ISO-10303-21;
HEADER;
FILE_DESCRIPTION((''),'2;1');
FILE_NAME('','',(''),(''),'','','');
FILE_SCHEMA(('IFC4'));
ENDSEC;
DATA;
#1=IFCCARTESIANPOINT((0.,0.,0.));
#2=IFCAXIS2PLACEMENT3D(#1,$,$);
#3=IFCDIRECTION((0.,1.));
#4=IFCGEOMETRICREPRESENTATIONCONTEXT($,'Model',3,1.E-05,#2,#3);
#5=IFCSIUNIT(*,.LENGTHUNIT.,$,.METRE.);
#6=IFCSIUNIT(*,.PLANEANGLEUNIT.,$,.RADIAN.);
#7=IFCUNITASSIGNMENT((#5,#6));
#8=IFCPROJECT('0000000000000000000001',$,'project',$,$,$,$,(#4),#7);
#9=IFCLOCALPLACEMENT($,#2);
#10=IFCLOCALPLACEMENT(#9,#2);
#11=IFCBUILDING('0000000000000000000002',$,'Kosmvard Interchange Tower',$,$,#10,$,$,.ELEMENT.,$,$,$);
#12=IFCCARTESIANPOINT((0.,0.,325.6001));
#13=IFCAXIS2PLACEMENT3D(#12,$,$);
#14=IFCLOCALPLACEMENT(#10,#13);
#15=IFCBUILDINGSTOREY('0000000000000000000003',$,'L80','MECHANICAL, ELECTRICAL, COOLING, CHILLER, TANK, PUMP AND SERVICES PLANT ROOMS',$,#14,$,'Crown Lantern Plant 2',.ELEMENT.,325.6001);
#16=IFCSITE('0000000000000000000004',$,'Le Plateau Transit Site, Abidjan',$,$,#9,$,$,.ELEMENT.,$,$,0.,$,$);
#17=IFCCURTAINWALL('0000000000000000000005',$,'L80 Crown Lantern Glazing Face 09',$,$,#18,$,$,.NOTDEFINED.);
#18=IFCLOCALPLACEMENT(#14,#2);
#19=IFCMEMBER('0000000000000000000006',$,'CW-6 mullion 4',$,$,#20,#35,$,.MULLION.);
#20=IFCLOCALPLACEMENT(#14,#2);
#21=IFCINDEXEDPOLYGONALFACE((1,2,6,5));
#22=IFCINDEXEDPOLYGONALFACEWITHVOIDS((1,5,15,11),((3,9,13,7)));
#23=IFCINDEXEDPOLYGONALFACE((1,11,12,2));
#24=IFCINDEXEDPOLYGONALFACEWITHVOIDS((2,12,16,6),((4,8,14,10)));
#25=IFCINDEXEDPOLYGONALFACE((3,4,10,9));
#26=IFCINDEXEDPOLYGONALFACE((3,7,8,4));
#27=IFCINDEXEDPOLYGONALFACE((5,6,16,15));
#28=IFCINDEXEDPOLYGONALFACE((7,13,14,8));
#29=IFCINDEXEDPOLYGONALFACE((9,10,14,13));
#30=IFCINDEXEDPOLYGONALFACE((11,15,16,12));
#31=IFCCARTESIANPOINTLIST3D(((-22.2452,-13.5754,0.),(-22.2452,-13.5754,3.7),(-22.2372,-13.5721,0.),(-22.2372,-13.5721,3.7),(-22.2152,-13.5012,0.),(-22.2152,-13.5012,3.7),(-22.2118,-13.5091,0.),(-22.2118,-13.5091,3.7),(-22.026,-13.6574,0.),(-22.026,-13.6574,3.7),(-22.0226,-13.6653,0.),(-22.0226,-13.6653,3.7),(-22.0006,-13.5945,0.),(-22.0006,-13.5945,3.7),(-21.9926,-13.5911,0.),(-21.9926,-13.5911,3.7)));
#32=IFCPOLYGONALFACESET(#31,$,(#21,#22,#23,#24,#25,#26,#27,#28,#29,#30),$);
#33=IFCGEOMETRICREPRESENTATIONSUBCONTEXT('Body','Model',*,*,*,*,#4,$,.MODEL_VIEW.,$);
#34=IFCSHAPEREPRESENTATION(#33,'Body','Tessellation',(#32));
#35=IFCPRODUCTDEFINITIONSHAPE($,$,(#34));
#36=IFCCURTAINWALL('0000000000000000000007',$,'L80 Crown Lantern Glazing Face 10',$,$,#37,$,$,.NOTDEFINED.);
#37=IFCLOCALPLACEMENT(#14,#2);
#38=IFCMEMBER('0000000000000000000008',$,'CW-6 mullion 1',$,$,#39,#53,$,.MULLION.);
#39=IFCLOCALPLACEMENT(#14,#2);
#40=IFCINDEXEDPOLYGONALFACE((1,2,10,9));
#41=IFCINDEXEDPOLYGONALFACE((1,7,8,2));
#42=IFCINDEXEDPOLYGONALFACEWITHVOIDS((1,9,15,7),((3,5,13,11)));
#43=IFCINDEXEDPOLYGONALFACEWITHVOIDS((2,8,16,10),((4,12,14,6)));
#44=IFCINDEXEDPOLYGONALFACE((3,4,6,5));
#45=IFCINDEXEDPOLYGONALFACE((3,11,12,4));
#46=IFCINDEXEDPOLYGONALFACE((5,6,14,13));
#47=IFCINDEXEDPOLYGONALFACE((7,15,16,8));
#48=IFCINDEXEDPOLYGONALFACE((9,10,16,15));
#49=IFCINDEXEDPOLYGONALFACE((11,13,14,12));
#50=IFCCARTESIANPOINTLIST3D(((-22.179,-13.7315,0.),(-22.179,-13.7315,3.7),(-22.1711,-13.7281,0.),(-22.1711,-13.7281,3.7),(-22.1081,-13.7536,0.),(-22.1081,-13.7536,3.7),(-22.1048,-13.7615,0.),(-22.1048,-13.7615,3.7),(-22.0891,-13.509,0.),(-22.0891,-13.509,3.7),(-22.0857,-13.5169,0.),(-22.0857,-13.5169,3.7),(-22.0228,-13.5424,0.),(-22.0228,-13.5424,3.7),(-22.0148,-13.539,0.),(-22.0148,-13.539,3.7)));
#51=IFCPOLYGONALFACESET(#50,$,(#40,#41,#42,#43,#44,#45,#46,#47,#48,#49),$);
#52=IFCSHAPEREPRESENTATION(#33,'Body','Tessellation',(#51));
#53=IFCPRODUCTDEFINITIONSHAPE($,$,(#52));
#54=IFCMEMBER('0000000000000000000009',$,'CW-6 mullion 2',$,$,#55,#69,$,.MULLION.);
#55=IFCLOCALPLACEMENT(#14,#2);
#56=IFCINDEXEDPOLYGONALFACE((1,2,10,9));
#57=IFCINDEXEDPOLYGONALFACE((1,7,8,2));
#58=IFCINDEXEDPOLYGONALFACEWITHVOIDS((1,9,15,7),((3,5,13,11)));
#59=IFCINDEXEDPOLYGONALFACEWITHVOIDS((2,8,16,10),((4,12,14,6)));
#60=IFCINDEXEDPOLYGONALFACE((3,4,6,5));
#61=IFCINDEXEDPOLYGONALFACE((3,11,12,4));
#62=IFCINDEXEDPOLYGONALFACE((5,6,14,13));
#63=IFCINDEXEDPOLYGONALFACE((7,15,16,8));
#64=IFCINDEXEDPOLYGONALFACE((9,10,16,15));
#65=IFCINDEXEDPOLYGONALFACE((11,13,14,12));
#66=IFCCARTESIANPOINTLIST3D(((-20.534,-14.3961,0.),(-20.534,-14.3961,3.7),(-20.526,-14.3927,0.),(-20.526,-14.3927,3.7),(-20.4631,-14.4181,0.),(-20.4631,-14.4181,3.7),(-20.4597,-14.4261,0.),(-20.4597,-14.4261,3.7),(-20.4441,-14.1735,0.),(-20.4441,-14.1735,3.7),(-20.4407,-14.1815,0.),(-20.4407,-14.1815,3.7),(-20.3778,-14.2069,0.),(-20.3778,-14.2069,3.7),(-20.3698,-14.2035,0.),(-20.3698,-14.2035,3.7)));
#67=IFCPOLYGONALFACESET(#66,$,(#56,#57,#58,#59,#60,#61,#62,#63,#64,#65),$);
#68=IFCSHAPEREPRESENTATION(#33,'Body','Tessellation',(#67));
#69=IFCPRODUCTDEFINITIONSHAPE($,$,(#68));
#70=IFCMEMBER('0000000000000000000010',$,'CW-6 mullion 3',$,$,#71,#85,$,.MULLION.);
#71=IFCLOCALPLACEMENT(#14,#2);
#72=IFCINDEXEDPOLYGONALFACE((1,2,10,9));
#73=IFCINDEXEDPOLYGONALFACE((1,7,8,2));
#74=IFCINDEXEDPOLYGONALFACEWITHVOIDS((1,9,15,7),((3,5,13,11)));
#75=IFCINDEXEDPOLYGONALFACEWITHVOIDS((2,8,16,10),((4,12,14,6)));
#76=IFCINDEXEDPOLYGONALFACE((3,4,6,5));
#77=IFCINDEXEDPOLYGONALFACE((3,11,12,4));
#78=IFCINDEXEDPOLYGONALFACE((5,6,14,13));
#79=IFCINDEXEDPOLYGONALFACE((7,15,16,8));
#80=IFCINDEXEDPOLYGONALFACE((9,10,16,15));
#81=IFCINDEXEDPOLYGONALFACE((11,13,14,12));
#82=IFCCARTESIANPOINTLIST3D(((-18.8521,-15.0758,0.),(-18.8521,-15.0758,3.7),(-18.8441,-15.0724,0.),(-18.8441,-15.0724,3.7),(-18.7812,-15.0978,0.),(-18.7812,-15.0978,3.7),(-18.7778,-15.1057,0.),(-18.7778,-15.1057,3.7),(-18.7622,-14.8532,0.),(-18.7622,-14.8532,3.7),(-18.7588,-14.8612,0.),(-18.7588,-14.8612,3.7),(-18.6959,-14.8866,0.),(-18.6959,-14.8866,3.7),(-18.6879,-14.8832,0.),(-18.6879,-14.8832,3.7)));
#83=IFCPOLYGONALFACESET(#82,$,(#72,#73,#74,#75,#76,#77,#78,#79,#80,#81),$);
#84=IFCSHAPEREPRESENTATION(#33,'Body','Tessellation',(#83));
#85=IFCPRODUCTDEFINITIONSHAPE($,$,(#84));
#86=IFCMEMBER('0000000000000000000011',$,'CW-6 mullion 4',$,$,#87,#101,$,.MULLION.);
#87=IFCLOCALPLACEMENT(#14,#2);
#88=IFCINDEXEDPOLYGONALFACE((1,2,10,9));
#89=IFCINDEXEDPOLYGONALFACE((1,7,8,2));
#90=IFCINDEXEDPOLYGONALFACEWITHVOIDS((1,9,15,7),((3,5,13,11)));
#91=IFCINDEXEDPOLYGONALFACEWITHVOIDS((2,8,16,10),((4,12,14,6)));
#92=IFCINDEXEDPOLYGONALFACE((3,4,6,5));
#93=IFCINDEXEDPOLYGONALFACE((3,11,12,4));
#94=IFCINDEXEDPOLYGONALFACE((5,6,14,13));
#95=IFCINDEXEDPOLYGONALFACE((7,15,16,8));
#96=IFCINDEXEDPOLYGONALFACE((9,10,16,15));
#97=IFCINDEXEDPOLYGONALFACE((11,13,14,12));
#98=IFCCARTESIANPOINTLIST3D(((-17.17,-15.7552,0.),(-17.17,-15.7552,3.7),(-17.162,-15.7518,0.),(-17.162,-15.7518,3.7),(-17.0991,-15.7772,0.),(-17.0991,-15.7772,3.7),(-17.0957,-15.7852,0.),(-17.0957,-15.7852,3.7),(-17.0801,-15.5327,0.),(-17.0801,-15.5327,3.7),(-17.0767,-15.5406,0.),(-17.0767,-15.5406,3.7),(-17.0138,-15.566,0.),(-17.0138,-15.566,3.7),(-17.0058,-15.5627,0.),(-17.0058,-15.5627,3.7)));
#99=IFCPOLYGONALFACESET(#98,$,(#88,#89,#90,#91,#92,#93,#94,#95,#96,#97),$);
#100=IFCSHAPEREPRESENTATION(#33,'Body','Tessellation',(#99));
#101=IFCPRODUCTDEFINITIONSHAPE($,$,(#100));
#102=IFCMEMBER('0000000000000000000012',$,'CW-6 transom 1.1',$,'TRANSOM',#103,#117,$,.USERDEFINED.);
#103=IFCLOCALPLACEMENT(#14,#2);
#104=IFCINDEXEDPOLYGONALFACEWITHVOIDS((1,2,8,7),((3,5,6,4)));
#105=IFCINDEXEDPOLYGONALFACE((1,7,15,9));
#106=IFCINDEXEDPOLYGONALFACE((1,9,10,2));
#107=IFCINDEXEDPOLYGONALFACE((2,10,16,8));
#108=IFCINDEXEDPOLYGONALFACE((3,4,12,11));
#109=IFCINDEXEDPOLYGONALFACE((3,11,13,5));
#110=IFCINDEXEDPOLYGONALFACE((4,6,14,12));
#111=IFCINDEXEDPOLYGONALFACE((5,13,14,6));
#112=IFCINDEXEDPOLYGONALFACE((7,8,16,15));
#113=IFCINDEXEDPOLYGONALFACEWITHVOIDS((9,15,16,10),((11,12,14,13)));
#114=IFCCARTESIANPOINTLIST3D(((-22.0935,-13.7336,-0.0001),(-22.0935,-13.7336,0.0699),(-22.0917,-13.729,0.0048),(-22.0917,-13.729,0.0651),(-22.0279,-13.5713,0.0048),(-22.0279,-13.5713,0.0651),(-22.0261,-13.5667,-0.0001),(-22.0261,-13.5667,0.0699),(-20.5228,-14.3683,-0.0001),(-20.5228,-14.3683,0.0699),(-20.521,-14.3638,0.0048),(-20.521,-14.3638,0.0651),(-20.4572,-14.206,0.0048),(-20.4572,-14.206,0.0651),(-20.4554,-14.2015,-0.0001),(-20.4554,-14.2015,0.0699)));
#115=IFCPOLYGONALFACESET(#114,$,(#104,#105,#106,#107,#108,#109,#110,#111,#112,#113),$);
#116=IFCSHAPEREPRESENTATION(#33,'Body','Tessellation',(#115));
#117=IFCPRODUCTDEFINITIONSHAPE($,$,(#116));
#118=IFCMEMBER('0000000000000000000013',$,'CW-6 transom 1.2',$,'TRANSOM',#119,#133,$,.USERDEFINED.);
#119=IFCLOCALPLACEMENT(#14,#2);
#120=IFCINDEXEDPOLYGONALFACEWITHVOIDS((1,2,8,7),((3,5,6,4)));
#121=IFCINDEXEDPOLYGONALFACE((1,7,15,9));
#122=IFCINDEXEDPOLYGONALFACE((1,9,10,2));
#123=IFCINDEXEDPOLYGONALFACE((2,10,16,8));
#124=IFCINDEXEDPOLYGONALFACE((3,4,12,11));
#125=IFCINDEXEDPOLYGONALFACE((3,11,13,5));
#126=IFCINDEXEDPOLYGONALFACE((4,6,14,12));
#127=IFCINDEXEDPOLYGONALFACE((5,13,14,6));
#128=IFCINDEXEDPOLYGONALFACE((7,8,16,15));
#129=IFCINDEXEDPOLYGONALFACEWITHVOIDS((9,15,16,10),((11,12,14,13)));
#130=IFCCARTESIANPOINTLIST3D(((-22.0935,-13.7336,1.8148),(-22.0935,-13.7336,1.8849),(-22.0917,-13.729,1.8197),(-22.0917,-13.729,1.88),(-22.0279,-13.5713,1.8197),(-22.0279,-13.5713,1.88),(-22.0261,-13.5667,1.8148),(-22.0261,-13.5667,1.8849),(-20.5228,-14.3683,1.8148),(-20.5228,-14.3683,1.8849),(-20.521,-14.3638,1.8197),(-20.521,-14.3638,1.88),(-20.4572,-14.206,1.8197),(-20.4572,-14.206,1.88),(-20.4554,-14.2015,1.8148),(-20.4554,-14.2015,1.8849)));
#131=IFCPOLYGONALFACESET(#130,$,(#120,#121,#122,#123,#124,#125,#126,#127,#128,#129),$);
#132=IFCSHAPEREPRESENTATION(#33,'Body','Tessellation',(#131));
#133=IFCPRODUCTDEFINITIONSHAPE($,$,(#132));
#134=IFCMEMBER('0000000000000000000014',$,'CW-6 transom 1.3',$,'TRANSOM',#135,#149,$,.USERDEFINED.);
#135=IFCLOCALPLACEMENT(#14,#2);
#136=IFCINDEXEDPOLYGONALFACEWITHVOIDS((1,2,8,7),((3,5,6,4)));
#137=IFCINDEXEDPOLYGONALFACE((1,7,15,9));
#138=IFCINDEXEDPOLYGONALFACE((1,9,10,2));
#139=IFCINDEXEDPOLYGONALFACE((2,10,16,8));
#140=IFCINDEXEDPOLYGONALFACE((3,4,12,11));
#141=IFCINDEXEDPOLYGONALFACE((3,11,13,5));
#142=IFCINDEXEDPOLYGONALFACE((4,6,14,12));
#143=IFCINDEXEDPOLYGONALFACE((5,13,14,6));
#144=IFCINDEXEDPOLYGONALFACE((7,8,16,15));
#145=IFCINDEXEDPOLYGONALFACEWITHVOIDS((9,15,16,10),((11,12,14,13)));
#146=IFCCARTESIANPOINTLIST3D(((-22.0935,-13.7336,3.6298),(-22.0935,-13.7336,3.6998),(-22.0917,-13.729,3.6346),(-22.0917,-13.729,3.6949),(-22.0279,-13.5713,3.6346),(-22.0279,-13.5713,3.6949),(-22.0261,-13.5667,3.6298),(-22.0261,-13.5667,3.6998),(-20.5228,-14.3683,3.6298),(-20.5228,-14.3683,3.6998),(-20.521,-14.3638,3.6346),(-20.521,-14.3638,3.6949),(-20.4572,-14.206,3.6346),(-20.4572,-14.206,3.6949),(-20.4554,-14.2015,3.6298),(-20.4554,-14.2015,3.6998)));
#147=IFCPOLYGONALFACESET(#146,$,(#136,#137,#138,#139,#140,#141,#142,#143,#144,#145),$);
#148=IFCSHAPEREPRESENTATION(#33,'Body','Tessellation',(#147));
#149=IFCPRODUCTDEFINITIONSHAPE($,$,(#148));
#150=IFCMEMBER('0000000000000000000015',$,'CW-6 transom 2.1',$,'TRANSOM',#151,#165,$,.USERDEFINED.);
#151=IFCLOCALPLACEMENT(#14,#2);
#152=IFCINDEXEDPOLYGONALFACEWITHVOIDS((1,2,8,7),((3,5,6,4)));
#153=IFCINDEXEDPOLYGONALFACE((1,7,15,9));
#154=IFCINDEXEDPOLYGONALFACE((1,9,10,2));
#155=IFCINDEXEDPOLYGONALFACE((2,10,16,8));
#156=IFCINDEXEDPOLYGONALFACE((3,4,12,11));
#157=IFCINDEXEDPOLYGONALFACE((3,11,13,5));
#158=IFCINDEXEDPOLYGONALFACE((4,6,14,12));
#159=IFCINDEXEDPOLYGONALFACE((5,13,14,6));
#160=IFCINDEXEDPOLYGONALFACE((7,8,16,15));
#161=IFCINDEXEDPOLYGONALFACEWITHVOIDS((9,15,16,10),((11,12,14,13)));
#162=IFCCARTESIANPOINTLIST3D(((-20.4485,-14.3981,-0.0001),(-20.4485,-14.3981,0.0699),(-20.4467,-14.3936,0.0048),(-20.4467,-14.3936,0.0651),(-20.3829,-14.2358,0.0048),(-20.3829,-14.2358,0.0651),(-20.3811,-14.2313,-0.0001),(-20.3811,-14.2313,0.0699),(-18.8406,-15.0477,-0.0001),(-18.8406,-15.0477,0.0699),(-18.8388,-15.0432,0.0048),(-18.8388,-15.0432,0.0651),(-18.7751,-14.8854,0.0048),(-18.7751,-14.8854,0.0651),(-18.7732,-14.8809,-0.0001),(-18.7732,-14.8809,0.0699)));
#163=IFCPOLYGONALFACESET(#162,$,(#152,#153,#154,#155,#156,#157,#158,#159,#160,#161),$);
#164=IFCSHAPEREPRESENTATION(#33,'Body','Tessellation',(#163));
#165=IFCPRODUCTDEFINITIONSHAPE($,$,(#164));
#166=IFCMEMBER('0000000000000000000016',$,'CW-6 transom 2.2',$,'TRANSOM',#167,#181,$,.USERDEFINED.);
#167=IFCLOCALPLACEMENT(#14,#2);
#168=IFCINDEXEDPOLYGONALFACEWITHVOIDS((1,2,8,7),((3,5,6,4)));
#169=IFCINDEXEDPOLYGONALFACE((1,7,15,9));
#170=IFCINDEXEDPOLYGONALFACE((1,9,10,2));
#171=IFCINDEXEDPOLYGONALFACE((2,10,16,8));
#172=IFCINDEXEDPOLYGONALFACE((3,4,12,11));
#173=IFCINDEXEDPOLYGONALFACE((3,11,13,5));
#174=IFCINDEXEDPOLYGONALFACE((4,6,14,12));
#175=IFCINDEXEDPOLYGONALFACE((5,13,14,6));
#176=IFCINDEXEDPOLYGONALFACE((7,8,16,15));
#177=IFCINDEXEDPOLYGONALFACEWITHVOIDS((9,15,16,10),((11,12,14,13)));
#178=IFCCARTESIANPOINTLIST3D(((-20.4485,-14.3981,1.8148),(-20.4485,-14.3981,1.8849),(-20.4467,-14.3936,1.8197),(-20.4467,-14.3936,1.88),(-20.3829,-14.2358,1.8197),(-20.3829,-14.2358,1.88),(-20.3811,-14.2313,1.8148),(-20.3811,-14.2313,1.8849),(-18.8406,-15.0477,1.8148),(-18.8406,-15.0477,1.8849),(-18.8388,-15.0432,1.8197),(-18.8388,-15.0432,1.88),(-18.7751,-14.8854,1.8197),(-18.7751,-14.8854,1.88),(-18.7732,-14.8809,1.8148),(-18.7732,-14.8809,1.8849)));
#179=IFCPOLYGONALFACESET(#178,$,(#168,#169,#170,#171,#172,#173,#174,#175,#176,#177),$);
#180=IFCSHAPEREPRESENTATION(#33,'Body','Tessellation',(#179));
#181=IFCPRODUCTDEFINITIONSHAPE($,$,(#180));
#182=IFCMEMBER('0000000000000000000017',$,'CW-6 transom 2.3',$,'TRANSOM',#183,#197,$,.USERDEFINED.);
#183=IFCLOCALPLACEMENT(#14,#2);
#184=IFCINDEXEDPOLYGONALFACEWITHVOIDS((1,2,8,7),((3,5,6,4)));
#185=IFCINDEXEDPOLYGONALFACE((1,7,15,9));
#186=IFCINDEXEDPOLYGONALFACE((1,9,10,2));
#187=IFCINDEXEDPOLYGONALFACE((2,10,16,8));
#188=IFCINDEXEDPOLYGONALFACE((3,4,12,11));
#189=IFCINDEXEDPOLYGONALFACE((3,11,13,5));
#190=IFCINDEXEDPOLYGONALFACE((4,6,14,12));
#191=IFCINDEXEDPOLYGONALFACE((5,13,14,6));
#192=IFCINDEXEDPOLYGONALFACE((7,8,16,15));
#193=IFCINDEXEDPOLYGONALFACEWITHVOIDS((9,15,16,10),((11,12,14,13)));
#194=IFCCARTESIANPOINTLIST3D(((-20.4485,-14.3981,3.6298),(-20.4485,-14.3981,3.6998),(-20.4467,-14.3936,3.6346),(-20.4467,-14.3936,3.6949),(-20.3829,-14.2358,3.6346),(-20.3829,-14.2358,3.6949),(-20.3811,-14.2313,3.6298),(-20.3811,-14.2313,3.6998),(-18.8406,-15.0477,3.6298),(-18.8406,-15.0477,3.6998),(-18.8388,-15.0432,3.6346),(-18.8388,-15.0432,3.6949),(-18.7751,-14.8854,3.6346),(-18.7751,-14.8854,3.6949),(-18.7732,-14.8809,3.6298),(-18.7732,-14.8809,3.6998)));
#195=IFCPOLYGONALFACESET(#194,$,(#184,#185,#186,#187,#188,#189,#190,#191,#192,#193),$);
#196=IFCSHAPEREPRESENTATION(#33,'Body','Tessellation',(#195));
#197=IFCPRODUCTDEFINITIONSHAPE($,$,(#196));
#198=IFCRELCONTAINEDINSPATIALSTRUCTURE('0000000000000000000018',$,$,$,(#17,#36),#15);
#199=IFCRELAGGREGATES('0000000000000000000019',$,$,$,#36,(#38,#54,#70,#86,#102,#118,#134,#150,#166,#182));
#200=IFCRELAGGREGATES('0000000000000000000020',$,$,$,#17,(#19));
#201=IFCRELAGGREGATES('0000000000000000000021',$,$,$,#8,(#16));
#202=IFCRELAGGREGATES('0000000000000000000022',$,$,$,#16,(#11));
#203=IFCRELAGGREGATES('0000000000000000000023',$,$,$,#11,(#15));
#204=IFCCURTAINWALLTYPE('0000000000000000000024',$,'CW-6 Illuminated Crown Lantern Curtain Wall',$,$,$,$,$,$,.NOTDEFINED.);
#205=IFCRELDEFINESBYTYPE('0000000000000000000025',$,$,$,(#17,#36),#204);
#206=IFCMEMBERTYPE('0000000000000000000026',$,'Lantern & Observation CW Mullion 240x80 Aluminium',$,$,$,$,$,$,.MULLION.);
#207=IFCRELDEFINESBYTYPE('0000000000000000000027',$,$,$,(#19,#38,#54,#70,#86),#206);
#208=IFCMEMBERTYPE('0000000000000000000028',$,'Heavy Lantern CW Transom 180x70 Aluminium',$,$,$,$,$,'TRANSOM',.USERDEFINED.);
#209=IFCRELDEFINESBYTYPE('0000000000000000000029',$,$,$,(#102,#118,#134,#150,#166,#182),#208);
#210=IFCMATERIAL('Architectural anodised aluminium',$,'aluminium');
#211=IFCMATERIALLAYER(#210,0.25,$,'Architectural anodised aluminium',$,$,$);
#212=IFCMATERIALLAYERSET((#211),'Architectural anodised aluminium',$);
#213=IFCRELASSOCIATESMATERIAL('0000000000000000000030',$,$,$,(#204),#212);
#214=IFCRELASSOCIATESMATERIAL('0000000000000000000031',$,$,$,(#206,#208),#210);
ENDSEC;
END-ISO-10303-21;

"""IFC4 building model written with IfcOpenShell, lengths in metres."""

from ifc_helpers import new_model, si_unit, direction, frame, origin, origin_2d, place, context, subcontext, project, spatial, hollow_rectangle, extrude, source, transform, mapped, material, layer, layer_set, material_profile, profile_set, type_object, element, aggregate, save


model = new_model("IFC4")

# Units and contexts
model_context = context("Model", 3, precision=1e-05, world=origin(), true_north=direction((0.0, 1.0)))
body_context = subcontext(model_context, "Body", "Model", "MODEL_VIEW")
ifc_project = project(units=[si_unit("LENGTHUNIT", "METRE"), si_unit("PLANEANGLEUNIT", "RADIAN")], contexts=[model_context])

# Site, building, storey
site_placement = place(None, origin())
site = spatial("IfcSite", under=ifc_project, at=site_placement, Name="Le Plateau Transit Site, Abidjan", CompositionType="ELEMENT", RefElevation=0.0)
building_placement = place(site_placement, origin())
building = spatial("IfcBuilding", under=site, at=building_placement, Name="Kosmvard Interchange Tower", CompositionType="ELEMENT")
storey_placement = place(building_placement, frame((0.0, 0.0, 325.6001)))
storey = spatial("IfcBuildingStorey", under=building, at=storey_placement, Name="L80", Description="MECHANICAL, ELECTRICAL, COOLING, CHILLER, TANK, PUMP AND SERVICES PLANT ROOMS", LongName="Crown Lantern Plant 2", CompositionType="ELEMENT", Elevation=325.6001)

# Curtain wall, member
ifc_material_1 = material(Name="Architectural anodised aluminium", Category="aluminium")
ifc_layer_1 = layer(ifc_material_1, 0.25, Name="Architectural anodised aluminium")
ifc_layer_set_1 = layer_set([ifc_layer_1], Name="Architectural anodised aluminium")
curtain_wall_type = type_object("IfcCurtainWallType", Name="CW-6 Illuminated Crown Lantern Curtain Wall", PredefinedType="NOTDEFINED", material=ifc_layer_set_1)
curtain_wall_1_placement = place(storey_placement, origin())
curtain_wall_1 = element("IfcCurtainWall", 1, at=curtain_wall_1_placement, inside=storey, type_object=curtain_wall_type, Name="L80 Crown Lantern Glazing Face 09", PredefinedType="NOTDEFINED")
ifc_material_profile_1 = material_profile(ifc_material_1, hollow_rectangle(XDim=0.24, YDim=0.0801, WallThickness=0.0061, at=origin_2d()), Name="CWM 240x80x6")
ifc_profile_set_1 = profile_set([ifc_material_profile_1], Name="Architectural anodised aluminium")
member_type_1 = type_object("IfcMemberType", Name="Lantern & Observation CW Mullion 240x80 Aluminium", PredefinedType="MULLION", material=ifc_profile_set_1)
shared_shape_1 = source(origin(), body_context, "Body", "SweptSolid", [
    extrude(hollow_rectangle(XDim=0.24, YDim=0.0801, WallThickness=0.0061, at=origin_2d()), origin(), (0.0, 0.0, 1.0), 3.7),
])
member_1_placement = place(storey_placement, frame((-22.1189, -13.5833, 0.0), z_axis=(0.0, 0.0, 1.0), x_axis=(0.927184, -0.374607, 0.0)))
member_1 = element("IfcMember", 2, at=member_1_placement, type_object=member_type_1, Name="CW-6 mullion 4", PredefinedType="MULLION", context=body_context, shape_type="MappedRepresentation", body=[
    mapped(shared_shape_1, transform((0.0, 0.0, 0.0), scale=1.0)),
])

# Curtain wall, members
curtain_wall_2_placement = place(storey_placement, origin())
curtain_wall_2 = element("IfcCurtainWall", 3, at=curtain_wall_2_placement, inside=storey, type_object=curtain_wall_type, Name="L80 Crown Lantern Glazing Face 10", PredefinedType="NOTDEFINED")
member_2_placement = place(storey_placement, frame((-22.0969, -13.6353, 0.0), z_axis=(0.0, 0.0, 1.0), x_axis=(0.374607, 0.927184, 0.0)))
member_2 = element("IfcMember", 4, at=member_2_placement, type_object=member_type_1, Name="CW-6 mullion 1", PredefinedType="MULLION", context=body_context, shape_type="MappedRepresentation", body=[
    mapped(shared_shape_1, transform((0.0, 0.0, 0.0), scale=1.0)),
])
member_3_placement = place(storey_placement, frame((-20.4519, -14.2998, 0.0), z_axis=(0.0, 0.0, 1.0), x_axis=(0.374607, 0.927184, 0.0)))
member_3 = element("IfcMember", 5, at=member_3_placement, type_object=member_type_1, Name="CW-6 mullion 2", PredefinedType="MULLION", context=body_context, shape_type="MappedRepresentation", body=[
    mapped(shared_shape_1, transform((0.0, 0.0, 0.0), scale=1.0)),
])
member_4_placement = place(storey_placement, frame((-18.77, -14.9795, 0.0), z_axis=(0.0, 0.0, 1.0), x_axis=(0.374607, 0.927184, 0.0)))
member_4 = element("IfcMember", 6, at=member_4_placement, type_object=member_type_1, Name="CW-6 mullion 3", PredefinedType="MULLION", context=body_context, shape_type="MappedRepresentation", body=[
    mapped(shared_shape_1, transform((0.0, 0.0, 0.0), scale=1.0)),
])
member_5_placement = place(storey_placement, frame((-17.0879, -15.6589, 0.0), z_axis=(0.0, 0.0, 1.0), x_axis=(0.374607, 0.927184, 0.0)))
member_5 = element("IfcMember", 7, at=member_5_placement, type_object=member_type_1, Name="CW-6 mullion 4", PredefinedType="MULLION", context=body_context, shape_type="MappedRepresentation", body=[
    mapped(shared_shape_1, transform((0.0, 0.0, 0.0), scale=1.0)),
])
ifc_material_profile_2 = material_profile(ifc_material_1, hollow_rectangle(XDim=0.1799, YDim=0.0701, WallThickness=0.0049, at=origin_2d()), Name="CWT 180x70x5")
ifc_profile_set_2 = profile_set([ifc_material_profile_2], Name="Architectural anodised aluminium")
member_type_2 = type_object("IfcMemberType", Name="Heavy Lantern CW Transom 180x70 Aluminium", ElementType="TRANSOM", PredefinedType="USERDEFINED", material=ifc_profile_set_2)
shared_shape_2 = source(origin(), body_context, "Body", "SweptSolid", [
    extrude(hollow_rectangle(XDim=0.1799, YDim=0.0701, WallThickness=0.0049, at=origin_2d()), origin(), (0.0, 0.0, 1.0), 1.6941),
])
member_6_placement = place(storey_placement, frame((-22.0598, -13.6501, 0.0349), z_axis=(0.927159, -0.374668, 0.0), x_axis=(0.374668, 0.927159, 0.0)))
member_6 = element("IfcMember", 8, at=member_6_placement, type_object=member_type_2, Name="CW-6 transom 1.1", ObjectType="TRANSOM", PredefinedType="USERDEFINED", context=body_context, shape_type="MappedRepresentation", body=[
    mapped(shared_shape_2, transform((0.0, 0.0, 0.0), scale=1.0)),
])
member_7_placement = place(storey_placement, frame((-22.0598, -13.6501, 1.8499), z_axis=(0.927159, -0.374668, 0.0), x_axis=(0.374668, 0.927159, 0.0)))
member_7 = element("IfcMember", 9, at=member_7_placement, type_object=member_type_2, Name="CW-6 transom 1.2", ObjectType="TRANSOM", PredefinedType="USERDEFINED", context=body_context, shape_type="MappedRepresentation", body=[
    mapped(shared_shape_2, transform((0.0, 0.0, 0.0), scale=1.0)),
])
member_8_placement = place(storey_placement, frame((-22.0598, -13.6501, 3.6648), z_axis=(0.927159, -0.374668, 0.0), x_axis=(0.374668, 0.927159, 0.0)))
member_8 = element("IfcMember", 10, at=member_8_placement, type_object=member_type_2, Name="CW-6 transom 1.3", ObjectType="TRANSOM", PredefinedType="USERDEFINED", context=body_context, shape_type="MappedRepresentation", body=[
    mapped(shared_shape_2, transform((0.0, 0.0, 0.0), scale=1.0)),
])
shared_shape_3 = source(origin(), body_context, "Body", "SweptSolid", [
    extrude(hollow_rectangle(XDim=0.1799, YDim=0.0701, WallThickness=0.0049, at=origin_2d()), origin(), (0.0, 0.0, 1.0), 1.7341),
])
member_9_placement = place(storey_placement, frame((-20.4148, -14.3147, 0.0349), z_axis=(0.92718, -0.374617, 0.0), x_axis=(0.374617, 0.92718, 0.0)))
member_9 = element("IfcMember", 11, at=member_9_placement, type_object=member_type_2, Name="CW-6 transom 2.1", ObjectType="TRANSOM", PredefinedType="USERDEFINED", context=body_context, shape_type="MappedRepresentation", body=[
    mapped(shared_shape_3, transform((0.0, 0.0, 0.0), scale=1.0)),
])
member_10_placement = place(storey_placement, frame((-20.4148, -14.3147, 1.8499), z_axis=(0.92718, -0.374617, 0.0), x_axis=(0.374617, 0.92718, 0.0)))
member_10 = element("IfcMember", 12, at=member_10_placement, type_object=member_type_2, Name="CW-6 transom 2.2", ObjectType="TRANSOM", PredefinedType="USERDEFINED", context=body_context, shape_type="MappedRepresentation", body=[
    mapped(shared_shape_3, transform((0.0, 0.0, 0.0), scale=1.0)),
])
member_11_placement = place(storey_placement, frame((-20.4148, -14.3147, 3.6648), z_axis=(0.92718, -0.374617, 0.0), x_axis=(0.374617, 0.92718, 0.0)))
member_11 = element("IfcMember", 13, at=member_11_placement, type_object=member_type_2, Name="CW-6 transom 2.3", ObjectType="TRANSOM", PredefinedType="USERDEFINED", context=body_context, shape_type="MappedRepresentation", body=[
    mapped(shared_shape_3, transform((0.0, 0.0, 0.0), scale=1.0)),
])
aggregate(curtain_wall_2, [member_2, member_3, member_4, member_5, member_6, member_7, member_8, member_9, member_10, member_11])

aggregate(curtain_wall_1, [member_1])

save(model, "model.ifc")
